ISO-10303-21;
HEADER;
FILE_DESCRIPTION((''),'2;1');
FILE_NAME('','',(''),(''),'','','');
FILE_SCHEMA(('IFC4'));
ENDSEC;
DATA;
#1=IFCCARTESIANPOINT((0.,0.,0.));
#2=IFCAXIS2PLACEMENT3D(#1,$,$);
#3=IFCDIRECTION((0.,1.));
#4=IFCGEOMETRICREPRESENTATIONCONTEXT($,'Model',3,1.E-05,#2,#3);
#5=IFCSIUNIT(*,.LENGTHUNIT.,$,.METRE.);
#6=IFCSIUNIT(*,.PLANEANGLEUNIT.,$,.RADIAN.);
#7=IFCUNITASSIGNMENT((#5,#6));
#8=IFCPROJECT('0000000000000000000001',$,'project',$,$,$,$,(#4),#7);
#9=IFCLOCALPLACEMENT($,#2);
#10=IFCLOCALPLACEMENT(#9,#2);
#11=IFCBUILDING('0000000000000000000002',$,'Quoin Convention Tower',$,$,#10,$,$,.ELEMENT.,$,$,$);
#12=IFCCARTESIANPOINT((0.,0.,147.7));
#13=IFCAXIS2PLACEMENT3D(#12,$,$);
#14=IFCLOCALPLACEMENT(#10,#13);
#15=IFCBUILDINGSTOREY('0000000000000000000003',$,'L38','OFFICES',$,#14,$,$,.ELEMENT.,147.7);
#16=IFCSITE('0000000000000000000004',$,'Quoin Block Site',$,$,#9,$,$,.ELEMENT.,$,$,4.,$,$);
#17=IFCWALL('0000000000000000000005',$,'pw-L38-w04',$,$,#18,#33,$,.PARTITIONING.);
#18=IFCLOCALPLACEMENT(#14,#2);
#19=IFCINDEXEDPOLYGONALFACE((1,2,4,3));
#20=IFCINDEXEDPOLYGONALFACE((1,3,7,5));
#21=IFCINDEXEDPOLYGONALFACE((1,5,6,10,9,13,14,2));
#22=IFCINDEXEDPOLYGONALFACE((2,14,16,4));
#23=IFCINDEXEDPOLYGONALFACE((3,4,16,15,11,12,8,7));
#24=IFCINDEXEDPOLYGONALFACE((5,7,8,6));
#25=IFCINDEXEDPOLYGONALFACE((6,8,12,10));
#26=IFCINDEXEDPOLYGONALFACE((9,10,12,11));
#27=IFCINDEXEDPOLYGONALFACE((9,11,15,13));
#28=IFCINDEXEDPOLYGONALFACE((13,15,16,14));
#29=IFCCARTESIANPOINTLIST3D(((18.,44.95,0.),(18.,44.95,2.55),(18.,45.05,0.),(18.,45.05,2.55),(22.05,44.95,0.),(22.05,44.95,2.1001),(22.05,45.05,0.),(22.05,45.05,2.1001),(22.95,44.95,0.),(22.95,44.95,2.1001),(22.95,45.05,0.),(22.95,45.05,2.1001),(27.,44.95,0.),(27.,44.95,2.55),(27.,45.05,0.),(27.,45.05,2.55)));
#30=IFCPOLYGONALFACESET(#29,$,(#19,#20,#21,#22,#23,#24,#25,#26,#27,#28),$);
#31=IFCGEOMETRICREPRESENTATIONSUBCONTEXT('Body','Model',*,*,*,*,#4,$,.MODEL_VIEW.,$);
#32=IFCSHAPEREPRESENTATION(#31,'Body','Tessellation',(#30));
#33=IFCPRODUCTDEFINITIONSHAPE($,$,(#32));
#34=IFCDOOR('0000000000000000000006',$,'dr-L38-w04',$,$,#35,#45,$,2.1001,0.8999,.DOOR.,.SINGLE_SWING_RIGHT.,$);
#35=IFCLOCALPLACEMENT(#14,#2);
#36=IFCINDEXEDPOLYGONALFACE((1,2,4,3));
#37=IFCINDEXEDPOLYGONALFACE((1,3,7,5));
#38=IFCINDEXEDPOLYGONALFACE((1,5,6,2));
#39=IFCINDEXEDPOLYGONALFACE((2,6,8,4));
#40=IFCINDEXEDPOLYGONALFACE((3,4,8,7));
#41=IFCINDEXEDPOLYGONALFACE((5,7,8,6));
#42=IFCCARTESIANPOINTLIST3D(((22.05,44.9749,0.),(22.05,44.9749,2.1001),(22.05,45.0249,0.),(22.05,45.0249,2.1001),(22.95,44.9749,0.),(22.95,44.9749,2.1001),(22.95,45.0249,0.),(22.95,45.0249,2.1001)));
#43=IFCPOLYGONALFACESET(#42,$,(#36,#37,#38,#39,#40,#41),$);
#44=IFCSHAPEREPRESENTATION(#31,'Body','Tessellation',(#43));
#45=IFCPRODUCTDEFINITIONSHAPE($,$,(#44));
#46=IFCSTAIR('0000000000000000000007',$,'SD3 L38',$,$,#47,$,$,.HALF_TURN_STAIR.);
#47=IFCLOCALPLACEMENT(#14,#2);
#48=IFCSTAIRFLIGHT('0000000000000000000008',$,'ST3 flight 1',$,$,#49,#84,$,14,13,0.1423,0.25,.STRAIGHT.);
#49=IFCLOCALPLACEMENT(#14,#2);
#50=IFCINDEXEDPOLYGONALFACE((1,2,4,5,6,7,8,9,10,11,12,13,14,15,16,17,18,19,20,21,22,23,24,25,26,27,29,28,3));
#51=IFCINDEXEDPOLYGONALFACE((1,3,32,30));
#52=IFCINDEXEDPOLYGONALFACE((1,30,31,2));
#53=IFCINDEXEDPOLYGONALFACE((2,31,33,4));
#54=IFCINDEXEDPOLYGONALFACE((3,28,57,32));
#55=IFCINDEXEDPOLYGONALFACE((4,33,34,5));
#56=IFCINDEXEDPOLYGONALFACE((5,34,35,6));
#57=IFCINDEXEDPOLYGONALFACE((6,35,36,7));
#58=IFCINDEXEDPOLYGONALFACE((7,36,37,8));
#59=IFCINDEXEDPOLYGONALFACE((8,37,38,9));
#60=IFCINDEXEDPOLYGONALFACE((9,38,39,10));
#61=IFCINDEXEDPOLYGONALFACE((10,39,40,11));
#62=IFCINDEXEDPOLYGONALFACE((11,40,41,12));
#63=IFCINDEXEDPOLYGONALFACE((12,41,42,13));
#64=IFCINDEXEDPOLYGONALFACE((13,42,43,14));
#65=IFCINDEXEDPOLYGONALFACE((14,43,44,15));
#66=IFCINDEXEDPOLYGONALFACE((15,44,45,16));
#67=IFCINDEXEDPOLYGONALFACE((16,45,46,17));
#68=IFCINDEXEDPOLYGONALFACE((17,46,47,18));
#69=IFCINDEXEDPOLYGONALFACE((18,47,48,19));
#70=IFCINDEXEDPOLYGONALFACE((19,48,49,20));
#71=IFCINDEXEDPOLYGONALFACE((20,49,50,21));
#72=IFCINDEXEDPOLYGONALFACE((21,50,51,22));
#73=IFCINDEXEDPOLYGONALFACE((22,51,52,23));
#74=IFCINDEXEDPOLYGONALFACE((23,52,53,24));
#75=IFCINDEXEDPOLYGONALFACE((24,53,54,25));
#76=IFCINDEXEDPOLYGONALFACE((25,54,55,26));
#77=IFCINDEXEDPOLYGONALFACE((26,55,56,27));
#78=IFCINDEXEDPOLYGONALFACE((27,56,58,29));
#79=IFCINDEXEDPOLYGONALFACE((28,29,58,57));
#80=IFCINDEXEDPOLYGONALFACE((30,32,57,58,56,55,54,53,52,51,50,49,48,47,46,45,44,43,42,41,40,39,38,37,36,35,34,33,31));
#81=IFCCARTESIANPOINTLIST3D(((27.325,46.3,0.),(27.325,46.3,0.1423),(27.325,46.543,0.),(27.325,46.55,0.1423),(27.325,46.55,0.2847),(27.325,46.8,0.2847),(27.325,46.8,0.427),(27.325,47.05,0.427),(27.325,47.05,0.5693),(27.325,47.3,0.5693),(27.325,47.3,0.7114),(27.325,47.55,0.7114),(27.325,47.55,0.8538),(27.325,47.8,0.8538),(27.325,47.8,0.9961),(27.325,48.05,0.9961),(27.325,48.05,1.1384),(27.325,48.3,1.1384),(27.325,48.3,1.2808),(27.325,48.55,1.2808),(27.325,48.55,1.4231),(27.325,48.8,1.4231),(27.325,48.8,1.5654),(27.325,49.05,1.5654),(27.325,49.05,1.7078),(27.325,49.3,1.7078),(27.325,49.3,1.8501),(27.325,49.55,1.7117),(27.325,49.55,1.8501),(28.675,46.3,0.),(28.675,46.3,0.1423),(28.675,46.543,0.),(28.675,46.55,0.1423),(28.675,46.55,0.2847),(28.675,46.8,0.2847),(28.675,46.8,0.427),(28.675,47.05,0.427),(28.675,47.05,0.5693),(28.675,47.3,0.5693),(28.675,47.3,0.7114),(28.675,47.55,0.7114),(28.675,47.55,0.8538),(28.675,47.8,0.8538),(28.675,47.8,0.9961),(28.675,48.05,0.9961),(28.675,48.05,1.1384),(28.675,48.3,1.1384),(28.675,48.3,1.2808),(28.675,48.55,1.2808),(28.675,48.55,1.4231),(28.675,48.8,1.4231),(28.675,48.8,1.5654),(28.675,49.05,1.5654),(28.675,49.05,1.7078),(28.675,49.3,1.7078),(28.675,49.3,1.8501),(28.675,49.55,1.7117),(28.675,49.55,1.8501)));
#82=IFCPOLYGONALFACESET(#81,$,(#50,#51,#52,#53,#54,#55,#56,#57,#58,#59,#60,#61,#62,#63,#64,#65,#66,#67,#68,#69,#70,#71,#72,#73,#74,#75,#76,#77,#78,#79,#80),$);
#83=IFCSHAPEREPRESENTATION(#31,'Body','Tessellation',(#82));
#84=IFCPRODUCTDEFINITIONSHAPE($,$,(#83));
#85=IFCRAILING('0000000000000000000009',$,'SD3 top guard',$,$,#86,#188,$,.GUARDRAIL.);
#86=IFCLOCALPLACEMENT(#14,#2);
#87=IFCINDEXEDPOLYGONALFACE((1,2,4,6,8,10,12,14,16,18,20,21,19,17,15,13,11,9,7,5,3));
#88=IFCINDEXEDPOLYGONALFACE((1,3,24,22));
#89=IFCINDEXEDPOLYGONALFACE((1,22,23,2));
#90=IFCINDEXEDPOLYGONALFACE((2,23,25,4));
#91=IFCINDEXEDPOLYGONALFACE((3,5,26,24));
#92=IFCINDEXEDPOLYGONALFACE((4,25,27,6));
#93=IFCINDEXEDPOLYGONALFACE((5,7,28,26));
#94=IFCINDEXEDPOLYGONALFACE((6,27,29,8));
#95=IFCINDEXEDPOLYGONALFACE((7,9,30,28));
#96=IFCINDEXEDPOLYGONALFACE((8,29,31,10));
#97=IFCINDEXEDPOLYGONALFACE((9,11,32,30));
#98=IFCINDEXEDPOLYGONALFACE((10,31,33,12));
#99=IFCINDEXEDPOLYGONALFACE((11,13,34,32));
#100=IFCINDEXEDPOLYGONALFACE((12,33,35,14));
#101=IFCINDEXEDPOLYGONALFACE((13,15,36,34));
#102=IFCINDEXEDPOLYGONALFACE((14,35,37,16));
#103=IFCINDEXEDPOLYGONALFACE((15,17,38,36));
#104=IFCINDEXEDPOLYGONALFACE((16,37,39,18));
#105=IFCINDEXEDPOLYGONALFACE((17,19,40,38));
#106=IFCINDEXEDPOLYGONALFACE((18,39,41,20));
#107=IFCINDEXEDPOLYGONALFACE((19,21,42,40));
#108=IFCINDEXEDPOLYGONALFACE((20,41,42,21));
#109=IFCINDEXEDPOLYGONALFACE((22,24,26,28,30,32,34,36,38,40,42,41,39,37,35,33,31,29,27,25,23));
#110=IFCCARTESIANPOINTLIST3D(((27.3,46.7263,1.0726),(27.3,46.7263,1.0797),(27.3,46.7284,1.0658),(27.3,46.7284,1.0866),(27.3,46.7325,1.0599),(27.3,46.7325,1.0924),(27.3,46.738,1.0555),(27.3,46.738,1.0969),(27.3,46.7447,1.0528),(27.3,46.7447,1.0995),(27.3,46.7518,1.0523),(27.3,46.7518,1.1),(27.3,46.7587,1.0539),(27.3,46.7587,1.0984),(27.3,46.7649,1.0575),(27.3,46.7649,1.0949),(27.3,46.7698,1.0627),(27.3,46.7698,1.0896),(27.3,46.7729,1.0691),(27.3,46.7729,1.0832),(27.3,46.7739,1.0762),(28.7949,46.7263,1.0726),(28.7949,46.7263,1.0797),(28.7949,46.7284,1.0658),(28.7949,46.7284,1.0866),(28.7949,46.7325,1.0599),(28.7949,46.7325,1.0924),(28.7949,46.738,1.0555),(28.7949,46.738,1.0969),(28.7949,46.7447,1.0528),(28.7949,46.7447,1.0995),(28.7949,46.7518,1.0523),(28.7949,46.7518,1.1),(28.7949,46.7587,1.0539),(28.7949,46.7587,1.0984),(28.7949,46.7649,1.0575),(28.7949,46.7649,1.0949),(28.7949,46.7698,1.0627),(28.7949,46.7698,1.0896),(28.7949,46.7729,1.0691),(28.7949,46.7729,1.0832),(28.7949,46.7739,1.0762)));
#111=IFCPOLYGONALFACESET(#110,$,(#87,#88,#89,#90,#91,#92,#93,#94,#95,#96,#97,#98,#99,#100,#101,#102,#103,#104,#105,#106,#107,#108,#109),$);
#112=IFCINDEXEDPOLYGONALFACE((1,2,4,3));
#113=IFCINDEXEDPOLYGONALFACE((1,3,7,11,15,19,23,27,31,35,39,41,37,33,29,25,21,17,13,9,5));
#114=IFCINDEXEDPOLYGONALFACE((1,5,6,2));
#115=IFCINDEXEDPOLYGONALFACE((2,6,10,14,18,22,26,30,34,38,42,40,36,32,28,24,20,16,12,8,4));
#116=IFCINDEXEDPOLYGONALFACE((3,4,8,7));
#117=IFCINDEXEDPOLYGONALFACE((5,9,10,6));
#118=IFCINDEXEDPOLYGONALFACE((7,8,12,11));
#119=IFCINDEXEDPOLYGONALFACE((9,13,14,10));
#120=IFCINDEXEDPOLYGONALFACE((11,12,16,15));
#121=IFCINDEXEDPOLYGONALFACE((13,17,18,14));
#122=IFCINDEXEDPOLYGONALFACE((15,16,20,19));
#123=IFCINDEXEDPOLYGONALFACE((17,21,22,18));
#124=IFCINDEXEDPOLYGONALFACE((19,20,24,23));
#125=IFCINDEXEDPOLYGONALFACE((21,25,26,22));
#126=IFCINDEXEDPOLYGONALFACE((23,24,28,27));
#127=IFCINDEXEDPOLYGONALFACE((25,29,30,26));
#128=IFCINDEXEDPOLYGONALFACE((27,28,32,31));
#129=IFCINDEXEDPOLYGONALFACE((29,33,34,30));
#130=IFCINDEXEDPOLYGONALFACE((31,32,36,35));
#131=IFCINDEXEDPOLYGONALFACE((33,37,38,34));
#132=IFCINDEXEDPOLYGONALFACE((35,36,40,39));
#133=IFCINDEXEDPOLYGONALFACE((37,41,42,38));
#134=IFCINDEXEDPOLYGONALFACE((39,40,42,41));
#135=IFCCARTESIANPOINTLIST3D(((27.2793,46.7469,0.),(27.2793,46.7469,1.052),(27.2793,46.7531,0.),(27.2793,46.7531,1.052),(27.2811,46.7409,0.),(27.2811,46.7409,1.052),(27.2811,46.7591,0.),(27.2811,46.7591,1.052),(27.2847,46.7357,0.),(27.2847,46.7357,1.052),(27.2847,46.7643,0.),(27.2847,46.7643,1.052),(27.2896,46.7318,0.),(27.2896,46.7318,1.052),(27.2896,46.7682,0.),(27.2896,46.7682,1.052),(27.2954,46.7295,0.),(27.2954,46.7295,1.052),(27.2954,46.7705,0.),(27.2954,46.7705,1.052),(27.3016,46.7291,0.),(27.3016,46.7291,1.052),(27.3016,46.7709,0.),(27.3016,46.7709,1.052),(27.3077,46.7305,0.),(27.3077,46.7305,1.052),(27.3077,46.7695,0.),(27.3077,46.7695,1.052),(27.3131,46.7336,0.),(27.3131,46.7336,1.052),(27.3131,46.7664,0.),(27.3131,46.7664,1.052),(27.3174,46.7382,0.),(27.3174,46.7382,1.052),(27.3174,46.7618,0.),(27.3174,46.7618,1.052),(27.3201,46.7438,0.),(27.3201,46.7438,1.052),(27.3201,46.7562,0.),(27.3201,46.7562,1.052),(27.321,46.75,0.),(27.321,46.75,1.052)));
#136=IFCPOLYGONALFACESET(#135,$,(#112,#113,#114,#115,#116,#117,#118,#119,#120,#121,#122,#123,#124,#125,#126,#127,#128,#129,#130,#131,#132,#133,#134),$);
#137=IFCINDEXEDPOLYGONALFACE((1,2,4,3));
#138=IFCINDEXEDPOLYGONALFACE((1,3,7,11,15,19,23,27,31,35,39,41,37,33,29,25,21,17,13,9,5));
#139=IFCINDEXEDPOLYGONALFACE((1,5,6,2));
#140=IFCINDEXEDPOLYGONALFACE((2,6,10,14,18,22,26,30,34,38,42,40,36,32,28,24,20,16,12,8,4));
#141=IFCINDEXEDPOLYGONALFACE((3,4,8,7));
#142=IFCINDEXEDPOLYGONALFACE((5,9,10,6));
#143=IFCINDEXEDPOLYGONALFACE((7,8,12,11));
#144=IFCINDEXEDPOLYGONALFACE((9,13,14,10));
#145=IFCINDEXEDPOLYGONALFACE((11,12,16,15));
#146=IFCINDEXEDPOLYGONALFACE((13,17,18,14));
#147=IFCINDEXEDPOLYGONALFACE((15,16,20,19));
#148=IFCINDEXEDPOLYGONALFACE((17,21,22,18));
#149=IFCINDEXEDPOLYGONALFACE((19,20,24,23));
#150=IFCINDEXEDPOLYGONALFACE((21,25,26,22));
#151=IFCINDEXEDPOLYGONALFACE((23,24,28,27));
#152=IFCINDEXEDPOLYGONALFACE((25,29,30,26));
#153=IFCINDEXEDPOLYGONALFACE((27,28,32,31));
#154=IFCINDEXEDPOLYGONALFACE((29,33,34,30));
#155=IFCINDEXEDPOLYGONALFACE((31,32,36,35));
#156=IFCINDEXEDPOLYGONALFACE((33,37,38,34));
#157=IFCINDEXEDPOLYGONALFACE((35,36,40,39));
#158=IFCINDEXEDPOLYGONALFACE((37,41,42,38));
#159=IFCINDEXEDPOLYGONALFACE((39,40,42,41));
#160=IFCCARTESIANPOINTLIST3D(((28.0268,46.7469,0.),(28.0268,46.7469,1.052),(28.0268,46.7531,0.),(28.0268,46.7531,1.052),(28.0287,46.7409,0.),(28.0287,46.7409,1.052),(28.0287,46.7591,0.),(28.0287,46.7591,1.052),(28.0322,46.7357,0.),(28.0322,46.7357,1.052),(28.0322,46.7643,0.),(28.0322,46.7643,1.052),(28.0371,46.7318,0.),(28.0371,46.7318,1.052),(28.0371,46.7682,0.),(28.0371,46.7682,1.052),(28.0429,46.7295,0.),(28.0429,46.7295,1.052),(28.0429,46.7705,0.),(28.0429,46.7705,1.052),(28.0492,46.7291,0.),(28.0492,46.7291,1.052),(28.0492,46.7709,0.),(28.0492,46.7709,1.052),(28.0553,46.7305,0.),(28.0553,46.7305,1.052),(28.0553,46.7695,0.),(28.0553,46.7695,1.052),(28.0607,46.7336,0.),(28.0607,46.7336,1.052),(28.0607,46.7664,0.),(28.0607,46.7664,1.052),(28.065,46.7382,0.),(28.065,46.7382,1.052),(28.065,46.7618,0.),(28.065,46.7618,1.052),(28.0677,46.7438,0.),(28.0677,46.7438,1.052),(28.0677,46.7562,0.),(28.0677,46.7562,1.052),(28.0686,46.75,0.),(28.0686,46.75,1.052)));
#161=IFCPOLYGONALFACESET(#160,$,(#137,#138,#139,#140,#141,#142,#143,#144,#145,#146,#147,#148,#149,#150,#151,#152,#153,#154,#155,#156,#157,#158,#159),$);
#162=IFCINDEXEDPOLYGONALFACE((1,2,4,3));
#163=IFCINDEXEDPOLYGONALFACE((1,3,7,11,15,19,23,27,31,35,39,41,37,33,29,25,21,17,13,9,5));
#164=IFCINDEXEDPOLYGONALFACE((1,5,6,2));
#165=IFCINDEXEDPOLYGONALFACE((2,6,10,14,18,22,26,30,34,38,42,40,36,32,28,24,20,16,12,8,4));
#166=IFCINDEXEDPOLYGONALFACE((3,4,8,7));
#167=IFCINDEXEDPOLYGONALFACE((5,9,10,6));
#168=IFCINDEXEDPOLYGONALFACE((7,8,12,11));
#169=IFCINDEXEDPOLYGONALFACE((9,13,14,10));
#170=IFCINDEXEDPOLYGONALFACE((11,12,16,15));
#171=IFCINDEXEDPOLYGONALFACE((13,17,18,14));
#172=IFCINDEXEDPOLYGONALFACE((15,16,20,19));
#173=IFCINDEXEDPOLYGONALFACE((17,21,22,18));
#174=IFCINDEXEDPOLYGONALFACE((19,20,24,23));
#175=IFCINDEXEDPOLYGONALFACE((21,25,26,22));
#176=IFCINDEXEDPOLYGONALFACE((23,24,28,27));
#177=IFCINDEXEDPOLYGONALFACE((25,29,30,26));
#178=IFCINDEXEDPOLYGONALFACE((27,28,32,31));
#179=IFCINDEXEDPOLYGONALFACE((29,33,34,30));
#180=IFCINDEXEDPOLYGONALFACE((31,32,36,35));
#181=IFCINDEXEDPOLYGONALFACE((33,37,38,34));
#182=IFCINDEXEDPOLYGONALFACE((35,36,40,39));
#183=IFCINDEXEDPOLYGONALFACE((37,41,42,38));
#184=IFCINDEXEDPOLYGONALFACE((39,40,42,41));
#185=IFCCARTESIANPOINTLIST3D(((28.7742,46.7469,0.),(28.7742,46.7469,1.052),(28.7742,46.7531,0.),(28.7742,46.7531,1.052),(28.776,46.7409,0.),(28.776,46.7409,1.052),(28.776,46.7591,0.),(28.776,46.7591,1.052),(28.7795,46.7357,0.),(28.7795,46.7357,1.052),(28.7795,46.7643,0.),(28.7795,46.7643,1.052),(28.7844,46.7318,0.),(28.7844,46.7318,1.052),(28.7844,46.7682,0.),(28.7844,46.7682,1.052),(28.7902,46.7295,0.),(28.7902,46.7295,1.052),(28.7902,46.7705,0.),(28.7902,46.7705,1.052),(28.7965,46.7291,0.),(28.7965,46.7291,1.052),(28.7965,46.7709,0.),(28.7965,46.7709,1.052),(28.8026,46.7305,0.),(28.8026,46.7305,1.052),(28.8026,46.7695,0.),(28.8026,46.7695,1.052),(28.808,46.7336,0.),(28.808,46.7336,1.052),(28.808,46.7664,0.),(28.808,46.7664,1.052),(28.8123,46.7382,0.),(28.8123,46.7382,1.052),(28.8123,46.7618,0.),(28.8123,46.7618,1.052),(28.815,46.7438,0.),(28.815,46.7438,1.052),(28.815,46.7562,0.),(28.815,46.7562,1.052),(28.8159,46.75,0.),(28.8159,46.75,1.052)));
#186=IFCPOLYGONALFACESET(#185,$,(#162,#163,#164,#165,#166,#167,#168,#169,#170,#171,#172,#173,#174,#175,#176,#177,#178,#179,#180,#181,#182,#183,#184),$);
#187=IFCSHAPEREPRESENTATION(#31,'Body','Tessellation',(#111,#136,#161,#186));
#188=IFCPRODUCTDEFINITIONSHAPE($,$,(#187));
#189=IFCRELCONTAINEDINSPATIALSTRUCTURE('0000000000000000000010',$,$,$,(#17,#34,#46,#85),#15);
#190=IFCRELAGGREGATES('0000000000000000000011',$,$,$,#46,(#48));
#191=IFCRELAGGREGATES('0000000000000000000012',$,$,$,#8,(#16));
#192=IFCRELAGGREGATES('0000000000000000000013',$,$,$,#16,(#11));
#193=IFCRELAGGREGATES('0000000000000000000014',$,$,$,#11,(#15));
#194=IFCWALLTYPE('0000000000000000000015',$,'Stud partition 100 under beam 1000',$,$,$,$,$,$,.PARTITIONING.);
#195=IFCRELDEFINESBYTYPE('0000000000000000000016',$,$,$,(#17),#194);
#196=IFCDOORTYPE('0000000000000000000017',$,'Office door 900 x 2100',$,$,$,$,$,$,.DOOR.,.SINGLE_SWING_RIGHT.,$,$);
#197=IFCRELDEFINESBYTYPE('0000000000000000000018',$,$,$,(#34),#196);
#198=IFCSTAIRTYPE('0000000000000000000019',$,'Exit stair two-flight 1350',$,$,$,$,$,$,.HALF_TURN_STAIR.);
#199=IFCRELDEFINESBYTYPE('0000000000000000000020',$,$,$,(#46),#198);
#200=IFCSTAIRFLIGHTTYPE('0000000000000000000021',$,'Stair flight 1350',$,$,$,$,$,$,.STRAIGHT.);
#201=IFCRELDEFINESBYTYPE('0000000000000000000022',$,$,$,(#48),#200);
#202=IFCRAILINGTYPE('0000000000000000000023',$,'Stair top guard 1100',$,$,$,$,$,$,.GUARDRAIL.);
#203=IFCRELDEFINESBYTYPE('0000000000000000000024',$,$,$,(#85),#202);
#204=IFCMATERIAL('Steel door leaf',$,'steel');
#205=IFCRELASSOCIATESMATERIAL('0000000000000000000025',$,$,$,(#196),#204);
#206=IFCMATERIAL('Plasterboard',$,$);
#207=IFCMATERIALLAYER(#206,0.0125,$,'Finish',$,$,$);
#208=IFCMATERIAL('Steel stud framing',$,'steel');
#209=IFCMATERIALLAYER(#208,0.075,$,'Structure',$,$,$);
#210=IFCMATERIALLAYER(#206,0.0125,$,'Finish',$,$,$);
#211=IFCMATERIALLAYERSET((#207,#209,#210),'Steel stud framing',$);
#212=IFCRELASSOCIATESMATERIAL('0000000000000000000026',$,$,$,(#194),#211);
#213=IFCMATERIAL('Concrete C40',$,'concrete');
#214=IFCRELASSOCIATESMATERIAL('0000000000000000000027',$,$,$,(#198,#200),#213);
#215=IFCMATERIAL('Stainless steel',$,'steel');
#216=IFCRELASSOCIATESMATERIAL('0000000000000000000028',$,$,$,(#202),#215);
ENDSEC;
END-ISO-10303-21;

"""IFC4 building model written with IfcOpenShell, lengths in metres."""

from ifc_helpers import new_model, si_unit, direction, frame, frame_2d, origin, origin_2d, place, context, subcontext, project, spatial, polyline, rectangle, circle, outline, extrude, material, layer, layer_set, type_object, element, fill, aggregate, save


model = new_model("IFC4")

# Units and contexts
model_context = context("Model", 3, precision=1e-05, world=origin(), true_north=direction((0.0, 1.0)))
body_context = subcontext(model_context, "Body", "Model", "MODEL_VIEW")
ifc_project = project(units=[si_unit("LENGTHUNIT", "METRE"), si_unit("PLANEANGLEUNIT", "RADIAN")], contexts=[model_context])

# Site, building, storey
site_placement = place(None, origin())
site = spatial("IfcSite", under=ifc_project, at=site_placement, Name="Quoin Block Site", CompositionType="ELEMENT", RefElevation=4.0)
building_placement = place(site_placement, origin())
building = spatial("IfcBuilding", under=site, at=building_placement, Name="Quoin Convention Tower", CompositionType="ELEMENT")
storey_placement = place(building_placement, frame((0.0, 0.0, 147.7)))
storey = spatial("IfcBuildingStorey", under=building, at=storey_placement, Name="L38", Description="OFFICES", CompositionType="ELEMENT", Elevation=147.7)

# Shared definitions
ifc_material_1 = material(Name="Plasterboard")
ifc_material_2 = material(Name="Steel stud framing", Category="steel")
ifc_material_3 = material(Name="Steel door leaf", Category="steel")
door_type_1 = type_object("IfcDoorType", Name="Office door 900 x 2100", OperationType="SINGLE_SWING_RIGHT", PredefinedType="DOOR", material=ifc_material_3)

# Wall, opening, door
ifc_layer_1 = layer(ifc_material_1, 0.0125, Name="Finish")
ifc_layer_2 = layer(ifc_material_2, 0.075, Name="Structure")
ifc_layer_3 = layer(ifc_material_1, 0.0125, Name="Finish")
ifc_layer_set_1 = layer_set([ifc_layer_1, ifc_layer_2, ifc_layer_3], Name="Steel stud framing")
wall_type_1 = type_object("IfcWallType", Name="Stud partition 100 under beam 1000", PredefinedType="PARTITIONING", material=ifc_layer_set_1)
wall_1_placement = place(storey_placement, frame((18.0, 45.0, 0.0), z_axis=(0.0, 0.0, 1.0), x_axis=(1.0, 0.0, 0.0)))
wall_1 = element("IfcWall", 1, at=wall_1_placement, inside=storey, type_object=wall_type_1, Name="pw-L38-w04", PredefinedType="PARTITIONING", context=body_context, shape_type="SweptSolid", body=[
    extrude(rectangle(XDim=9.0, YDim=0.1001, at=frame_2d((4.5, 0.0))), origin(), (0.0, 0.0, 1.0), 2.55),
])
opening_1_placement = place(wall_1_placement, frame((4.05, 0.0, 0.0)))
opening_1 = element("IfcOpeningElement", 2, at=opening_1_placement, cuts=wall_1, PredefinedType="OPENING", context=body_context, shape_type="SweptSolid", body=[
    extrude(rectangle(XDim=0.8999, YDim=2.1001, at=frame_2d((0.45, 1.05))), frame((0.0, 0.0601, 0.0), z_axis=(0.0, -1.0, 0.0), x_axis=(1.0, 0.0, 0.0)), (0.0, 0.0, 1.0), 0.1201),
])
door_1_placement = place(opening_1_placement, origin())
door_1 = element("IfcDoor", 3, at=door_1_placement, inside=storey, type_object=door_type_1, Name="dr-L38-w04", OperationType="SINGLE_SWING_RIGHT", OverallHeight=2.1001, OverallWidth=0.8999, PredefinedType="DOOR", context=body_context, shape_type="SweptSolid", body=[
    extrude(rectangle(XDim=0.8999, YDim=2.1001, at=frame_2d((0.45, 1.05))), frame((0.0, 0.0249, 0.0), z_axis=(0.0, -1.0, 0.0), x_axis=(1.0, 0.0, 0.0)), (0.0, 0.0, 1.0), 0.05),
])
fill(opening_1, door_1)

# Stair, stair flight
ifc_material_4 = material(Name="Concrete C40", Category="concrete")
stair_type = type_object("IfcStairType", Name="Exit stair two-flight 1350", PredefinedType="HALF_TURN_STAIR", material=ifc_material_4)
stair_placement = place(storey_placement, origin())
stair = element("IfcStair", 4, at=stair_placement, inside=storey, type_object=stair_type, Name="SD3 L38", PredefinedType="HALF_TURN_STAIR")
stair_flight_type = type_object("IfcStairFlightType", Name="Stair flight 1350", PredefinedType="STRAIGHT", material=ifc_material_4)
stair_flight_placement = place(storey_placement, frame((28.0, 46.3, 0.0), z_axis=(0.0, 0.0, 1.0), x_axis=(0.0, 1.0, 0.0)))
stair_flight = element("IfcStairFlight", 5, at=stair_flight_placement, type_object=stair_flight_type, Name="ST3 flight 1", NumberOfRisers=14, NumberOfTreads=13, PredefinedType="STRAIGHT", RiserHeight=0.1423, TreadLength=0.25, context=body_context, shape_type="SweptSolid", body=[
    extrude(outline(polyline([(0.0, 0.0), (0.0, 0.1423), (0.25, 0.1423), (0.25, 0.2847), (0.5, 0.2847), (0.5, 0.427), (0.75, 0.427), (0.75, 0.5693), (1.0, 0.5693), (1.0, 0.7114), (1.25, 0.7114), (1.25, 0.8538), (1.5, 0.8538), (1.5, 0.9961), (1.75, 0.9961), (1.75, 1.1384), (2.0, 1.1384), (2.0, 1.2808), (2.25, 1.2808), (2.25, 1.4231), (2.5, 1.4231), (2.5, 1.5654), (2.75, 1.5654), (2.75, 1.7078), (3.0, 1.7078), (3.0, 1.8501), (3.25, 1.8501), (3.25, 1.9922), (3.25, 1.7117), (0.2429, 0.0), (0.0, 0.0)])), frame((0.0, 0.675, 0.0), z_axis=(0.0, -1.0, 0.0), x_axis=(1.0, 0.0, 0.0)), (0.0, 0.0, 1.0), 1.3501),
])
aggregate(stair, [stair_flight])

# Railing
ifc_material_5 = material(Name="Stainless steel", Category="steel")
railing_type_1 = type_object("IfcRailingType", Name="Stair top guard 1100", PredefinedType="GUARDRAIL", material=ifc_material_5)
railing_1_placement = place(storey_placement, frame((27.3, 46.75, 0.0)))
element("IfcRailing", 6, at=railing_1_placement, inside=storey, type_object=railing_type_1, Name="SD3 top guard", PredefinedType="GUARDRAIL", context=body_context, shape_type="SweptSolid", body=[
    extrude(circle(Radius=0.0239, at=origin_2d()), frame((0.0, 0.0, 1.0762), z_axis=(1.0, 0.0, 0.0), x_axis=(0.0, 1.0, 0.0)), (0.0, 0.0, 1.0), 1.4949),
    extrude(circle(Radius=0.021, at=origin_2d()), origin(), (0.0, 0.0, 1.0), 1.052),
    extrude(circle(Radius=0.021, at=origin_2d()), frame((0.7476, 0.0, 0.0)), (0.0, 0.0, 1.0), 1.052),
    extrude(circle(Radius=0.021, at=origin_2d()), frame((1.4949, 0.0, 0.0)), (0.0, 0.0, 1.0), 1.052),
])

save(model, "model.ifc")
